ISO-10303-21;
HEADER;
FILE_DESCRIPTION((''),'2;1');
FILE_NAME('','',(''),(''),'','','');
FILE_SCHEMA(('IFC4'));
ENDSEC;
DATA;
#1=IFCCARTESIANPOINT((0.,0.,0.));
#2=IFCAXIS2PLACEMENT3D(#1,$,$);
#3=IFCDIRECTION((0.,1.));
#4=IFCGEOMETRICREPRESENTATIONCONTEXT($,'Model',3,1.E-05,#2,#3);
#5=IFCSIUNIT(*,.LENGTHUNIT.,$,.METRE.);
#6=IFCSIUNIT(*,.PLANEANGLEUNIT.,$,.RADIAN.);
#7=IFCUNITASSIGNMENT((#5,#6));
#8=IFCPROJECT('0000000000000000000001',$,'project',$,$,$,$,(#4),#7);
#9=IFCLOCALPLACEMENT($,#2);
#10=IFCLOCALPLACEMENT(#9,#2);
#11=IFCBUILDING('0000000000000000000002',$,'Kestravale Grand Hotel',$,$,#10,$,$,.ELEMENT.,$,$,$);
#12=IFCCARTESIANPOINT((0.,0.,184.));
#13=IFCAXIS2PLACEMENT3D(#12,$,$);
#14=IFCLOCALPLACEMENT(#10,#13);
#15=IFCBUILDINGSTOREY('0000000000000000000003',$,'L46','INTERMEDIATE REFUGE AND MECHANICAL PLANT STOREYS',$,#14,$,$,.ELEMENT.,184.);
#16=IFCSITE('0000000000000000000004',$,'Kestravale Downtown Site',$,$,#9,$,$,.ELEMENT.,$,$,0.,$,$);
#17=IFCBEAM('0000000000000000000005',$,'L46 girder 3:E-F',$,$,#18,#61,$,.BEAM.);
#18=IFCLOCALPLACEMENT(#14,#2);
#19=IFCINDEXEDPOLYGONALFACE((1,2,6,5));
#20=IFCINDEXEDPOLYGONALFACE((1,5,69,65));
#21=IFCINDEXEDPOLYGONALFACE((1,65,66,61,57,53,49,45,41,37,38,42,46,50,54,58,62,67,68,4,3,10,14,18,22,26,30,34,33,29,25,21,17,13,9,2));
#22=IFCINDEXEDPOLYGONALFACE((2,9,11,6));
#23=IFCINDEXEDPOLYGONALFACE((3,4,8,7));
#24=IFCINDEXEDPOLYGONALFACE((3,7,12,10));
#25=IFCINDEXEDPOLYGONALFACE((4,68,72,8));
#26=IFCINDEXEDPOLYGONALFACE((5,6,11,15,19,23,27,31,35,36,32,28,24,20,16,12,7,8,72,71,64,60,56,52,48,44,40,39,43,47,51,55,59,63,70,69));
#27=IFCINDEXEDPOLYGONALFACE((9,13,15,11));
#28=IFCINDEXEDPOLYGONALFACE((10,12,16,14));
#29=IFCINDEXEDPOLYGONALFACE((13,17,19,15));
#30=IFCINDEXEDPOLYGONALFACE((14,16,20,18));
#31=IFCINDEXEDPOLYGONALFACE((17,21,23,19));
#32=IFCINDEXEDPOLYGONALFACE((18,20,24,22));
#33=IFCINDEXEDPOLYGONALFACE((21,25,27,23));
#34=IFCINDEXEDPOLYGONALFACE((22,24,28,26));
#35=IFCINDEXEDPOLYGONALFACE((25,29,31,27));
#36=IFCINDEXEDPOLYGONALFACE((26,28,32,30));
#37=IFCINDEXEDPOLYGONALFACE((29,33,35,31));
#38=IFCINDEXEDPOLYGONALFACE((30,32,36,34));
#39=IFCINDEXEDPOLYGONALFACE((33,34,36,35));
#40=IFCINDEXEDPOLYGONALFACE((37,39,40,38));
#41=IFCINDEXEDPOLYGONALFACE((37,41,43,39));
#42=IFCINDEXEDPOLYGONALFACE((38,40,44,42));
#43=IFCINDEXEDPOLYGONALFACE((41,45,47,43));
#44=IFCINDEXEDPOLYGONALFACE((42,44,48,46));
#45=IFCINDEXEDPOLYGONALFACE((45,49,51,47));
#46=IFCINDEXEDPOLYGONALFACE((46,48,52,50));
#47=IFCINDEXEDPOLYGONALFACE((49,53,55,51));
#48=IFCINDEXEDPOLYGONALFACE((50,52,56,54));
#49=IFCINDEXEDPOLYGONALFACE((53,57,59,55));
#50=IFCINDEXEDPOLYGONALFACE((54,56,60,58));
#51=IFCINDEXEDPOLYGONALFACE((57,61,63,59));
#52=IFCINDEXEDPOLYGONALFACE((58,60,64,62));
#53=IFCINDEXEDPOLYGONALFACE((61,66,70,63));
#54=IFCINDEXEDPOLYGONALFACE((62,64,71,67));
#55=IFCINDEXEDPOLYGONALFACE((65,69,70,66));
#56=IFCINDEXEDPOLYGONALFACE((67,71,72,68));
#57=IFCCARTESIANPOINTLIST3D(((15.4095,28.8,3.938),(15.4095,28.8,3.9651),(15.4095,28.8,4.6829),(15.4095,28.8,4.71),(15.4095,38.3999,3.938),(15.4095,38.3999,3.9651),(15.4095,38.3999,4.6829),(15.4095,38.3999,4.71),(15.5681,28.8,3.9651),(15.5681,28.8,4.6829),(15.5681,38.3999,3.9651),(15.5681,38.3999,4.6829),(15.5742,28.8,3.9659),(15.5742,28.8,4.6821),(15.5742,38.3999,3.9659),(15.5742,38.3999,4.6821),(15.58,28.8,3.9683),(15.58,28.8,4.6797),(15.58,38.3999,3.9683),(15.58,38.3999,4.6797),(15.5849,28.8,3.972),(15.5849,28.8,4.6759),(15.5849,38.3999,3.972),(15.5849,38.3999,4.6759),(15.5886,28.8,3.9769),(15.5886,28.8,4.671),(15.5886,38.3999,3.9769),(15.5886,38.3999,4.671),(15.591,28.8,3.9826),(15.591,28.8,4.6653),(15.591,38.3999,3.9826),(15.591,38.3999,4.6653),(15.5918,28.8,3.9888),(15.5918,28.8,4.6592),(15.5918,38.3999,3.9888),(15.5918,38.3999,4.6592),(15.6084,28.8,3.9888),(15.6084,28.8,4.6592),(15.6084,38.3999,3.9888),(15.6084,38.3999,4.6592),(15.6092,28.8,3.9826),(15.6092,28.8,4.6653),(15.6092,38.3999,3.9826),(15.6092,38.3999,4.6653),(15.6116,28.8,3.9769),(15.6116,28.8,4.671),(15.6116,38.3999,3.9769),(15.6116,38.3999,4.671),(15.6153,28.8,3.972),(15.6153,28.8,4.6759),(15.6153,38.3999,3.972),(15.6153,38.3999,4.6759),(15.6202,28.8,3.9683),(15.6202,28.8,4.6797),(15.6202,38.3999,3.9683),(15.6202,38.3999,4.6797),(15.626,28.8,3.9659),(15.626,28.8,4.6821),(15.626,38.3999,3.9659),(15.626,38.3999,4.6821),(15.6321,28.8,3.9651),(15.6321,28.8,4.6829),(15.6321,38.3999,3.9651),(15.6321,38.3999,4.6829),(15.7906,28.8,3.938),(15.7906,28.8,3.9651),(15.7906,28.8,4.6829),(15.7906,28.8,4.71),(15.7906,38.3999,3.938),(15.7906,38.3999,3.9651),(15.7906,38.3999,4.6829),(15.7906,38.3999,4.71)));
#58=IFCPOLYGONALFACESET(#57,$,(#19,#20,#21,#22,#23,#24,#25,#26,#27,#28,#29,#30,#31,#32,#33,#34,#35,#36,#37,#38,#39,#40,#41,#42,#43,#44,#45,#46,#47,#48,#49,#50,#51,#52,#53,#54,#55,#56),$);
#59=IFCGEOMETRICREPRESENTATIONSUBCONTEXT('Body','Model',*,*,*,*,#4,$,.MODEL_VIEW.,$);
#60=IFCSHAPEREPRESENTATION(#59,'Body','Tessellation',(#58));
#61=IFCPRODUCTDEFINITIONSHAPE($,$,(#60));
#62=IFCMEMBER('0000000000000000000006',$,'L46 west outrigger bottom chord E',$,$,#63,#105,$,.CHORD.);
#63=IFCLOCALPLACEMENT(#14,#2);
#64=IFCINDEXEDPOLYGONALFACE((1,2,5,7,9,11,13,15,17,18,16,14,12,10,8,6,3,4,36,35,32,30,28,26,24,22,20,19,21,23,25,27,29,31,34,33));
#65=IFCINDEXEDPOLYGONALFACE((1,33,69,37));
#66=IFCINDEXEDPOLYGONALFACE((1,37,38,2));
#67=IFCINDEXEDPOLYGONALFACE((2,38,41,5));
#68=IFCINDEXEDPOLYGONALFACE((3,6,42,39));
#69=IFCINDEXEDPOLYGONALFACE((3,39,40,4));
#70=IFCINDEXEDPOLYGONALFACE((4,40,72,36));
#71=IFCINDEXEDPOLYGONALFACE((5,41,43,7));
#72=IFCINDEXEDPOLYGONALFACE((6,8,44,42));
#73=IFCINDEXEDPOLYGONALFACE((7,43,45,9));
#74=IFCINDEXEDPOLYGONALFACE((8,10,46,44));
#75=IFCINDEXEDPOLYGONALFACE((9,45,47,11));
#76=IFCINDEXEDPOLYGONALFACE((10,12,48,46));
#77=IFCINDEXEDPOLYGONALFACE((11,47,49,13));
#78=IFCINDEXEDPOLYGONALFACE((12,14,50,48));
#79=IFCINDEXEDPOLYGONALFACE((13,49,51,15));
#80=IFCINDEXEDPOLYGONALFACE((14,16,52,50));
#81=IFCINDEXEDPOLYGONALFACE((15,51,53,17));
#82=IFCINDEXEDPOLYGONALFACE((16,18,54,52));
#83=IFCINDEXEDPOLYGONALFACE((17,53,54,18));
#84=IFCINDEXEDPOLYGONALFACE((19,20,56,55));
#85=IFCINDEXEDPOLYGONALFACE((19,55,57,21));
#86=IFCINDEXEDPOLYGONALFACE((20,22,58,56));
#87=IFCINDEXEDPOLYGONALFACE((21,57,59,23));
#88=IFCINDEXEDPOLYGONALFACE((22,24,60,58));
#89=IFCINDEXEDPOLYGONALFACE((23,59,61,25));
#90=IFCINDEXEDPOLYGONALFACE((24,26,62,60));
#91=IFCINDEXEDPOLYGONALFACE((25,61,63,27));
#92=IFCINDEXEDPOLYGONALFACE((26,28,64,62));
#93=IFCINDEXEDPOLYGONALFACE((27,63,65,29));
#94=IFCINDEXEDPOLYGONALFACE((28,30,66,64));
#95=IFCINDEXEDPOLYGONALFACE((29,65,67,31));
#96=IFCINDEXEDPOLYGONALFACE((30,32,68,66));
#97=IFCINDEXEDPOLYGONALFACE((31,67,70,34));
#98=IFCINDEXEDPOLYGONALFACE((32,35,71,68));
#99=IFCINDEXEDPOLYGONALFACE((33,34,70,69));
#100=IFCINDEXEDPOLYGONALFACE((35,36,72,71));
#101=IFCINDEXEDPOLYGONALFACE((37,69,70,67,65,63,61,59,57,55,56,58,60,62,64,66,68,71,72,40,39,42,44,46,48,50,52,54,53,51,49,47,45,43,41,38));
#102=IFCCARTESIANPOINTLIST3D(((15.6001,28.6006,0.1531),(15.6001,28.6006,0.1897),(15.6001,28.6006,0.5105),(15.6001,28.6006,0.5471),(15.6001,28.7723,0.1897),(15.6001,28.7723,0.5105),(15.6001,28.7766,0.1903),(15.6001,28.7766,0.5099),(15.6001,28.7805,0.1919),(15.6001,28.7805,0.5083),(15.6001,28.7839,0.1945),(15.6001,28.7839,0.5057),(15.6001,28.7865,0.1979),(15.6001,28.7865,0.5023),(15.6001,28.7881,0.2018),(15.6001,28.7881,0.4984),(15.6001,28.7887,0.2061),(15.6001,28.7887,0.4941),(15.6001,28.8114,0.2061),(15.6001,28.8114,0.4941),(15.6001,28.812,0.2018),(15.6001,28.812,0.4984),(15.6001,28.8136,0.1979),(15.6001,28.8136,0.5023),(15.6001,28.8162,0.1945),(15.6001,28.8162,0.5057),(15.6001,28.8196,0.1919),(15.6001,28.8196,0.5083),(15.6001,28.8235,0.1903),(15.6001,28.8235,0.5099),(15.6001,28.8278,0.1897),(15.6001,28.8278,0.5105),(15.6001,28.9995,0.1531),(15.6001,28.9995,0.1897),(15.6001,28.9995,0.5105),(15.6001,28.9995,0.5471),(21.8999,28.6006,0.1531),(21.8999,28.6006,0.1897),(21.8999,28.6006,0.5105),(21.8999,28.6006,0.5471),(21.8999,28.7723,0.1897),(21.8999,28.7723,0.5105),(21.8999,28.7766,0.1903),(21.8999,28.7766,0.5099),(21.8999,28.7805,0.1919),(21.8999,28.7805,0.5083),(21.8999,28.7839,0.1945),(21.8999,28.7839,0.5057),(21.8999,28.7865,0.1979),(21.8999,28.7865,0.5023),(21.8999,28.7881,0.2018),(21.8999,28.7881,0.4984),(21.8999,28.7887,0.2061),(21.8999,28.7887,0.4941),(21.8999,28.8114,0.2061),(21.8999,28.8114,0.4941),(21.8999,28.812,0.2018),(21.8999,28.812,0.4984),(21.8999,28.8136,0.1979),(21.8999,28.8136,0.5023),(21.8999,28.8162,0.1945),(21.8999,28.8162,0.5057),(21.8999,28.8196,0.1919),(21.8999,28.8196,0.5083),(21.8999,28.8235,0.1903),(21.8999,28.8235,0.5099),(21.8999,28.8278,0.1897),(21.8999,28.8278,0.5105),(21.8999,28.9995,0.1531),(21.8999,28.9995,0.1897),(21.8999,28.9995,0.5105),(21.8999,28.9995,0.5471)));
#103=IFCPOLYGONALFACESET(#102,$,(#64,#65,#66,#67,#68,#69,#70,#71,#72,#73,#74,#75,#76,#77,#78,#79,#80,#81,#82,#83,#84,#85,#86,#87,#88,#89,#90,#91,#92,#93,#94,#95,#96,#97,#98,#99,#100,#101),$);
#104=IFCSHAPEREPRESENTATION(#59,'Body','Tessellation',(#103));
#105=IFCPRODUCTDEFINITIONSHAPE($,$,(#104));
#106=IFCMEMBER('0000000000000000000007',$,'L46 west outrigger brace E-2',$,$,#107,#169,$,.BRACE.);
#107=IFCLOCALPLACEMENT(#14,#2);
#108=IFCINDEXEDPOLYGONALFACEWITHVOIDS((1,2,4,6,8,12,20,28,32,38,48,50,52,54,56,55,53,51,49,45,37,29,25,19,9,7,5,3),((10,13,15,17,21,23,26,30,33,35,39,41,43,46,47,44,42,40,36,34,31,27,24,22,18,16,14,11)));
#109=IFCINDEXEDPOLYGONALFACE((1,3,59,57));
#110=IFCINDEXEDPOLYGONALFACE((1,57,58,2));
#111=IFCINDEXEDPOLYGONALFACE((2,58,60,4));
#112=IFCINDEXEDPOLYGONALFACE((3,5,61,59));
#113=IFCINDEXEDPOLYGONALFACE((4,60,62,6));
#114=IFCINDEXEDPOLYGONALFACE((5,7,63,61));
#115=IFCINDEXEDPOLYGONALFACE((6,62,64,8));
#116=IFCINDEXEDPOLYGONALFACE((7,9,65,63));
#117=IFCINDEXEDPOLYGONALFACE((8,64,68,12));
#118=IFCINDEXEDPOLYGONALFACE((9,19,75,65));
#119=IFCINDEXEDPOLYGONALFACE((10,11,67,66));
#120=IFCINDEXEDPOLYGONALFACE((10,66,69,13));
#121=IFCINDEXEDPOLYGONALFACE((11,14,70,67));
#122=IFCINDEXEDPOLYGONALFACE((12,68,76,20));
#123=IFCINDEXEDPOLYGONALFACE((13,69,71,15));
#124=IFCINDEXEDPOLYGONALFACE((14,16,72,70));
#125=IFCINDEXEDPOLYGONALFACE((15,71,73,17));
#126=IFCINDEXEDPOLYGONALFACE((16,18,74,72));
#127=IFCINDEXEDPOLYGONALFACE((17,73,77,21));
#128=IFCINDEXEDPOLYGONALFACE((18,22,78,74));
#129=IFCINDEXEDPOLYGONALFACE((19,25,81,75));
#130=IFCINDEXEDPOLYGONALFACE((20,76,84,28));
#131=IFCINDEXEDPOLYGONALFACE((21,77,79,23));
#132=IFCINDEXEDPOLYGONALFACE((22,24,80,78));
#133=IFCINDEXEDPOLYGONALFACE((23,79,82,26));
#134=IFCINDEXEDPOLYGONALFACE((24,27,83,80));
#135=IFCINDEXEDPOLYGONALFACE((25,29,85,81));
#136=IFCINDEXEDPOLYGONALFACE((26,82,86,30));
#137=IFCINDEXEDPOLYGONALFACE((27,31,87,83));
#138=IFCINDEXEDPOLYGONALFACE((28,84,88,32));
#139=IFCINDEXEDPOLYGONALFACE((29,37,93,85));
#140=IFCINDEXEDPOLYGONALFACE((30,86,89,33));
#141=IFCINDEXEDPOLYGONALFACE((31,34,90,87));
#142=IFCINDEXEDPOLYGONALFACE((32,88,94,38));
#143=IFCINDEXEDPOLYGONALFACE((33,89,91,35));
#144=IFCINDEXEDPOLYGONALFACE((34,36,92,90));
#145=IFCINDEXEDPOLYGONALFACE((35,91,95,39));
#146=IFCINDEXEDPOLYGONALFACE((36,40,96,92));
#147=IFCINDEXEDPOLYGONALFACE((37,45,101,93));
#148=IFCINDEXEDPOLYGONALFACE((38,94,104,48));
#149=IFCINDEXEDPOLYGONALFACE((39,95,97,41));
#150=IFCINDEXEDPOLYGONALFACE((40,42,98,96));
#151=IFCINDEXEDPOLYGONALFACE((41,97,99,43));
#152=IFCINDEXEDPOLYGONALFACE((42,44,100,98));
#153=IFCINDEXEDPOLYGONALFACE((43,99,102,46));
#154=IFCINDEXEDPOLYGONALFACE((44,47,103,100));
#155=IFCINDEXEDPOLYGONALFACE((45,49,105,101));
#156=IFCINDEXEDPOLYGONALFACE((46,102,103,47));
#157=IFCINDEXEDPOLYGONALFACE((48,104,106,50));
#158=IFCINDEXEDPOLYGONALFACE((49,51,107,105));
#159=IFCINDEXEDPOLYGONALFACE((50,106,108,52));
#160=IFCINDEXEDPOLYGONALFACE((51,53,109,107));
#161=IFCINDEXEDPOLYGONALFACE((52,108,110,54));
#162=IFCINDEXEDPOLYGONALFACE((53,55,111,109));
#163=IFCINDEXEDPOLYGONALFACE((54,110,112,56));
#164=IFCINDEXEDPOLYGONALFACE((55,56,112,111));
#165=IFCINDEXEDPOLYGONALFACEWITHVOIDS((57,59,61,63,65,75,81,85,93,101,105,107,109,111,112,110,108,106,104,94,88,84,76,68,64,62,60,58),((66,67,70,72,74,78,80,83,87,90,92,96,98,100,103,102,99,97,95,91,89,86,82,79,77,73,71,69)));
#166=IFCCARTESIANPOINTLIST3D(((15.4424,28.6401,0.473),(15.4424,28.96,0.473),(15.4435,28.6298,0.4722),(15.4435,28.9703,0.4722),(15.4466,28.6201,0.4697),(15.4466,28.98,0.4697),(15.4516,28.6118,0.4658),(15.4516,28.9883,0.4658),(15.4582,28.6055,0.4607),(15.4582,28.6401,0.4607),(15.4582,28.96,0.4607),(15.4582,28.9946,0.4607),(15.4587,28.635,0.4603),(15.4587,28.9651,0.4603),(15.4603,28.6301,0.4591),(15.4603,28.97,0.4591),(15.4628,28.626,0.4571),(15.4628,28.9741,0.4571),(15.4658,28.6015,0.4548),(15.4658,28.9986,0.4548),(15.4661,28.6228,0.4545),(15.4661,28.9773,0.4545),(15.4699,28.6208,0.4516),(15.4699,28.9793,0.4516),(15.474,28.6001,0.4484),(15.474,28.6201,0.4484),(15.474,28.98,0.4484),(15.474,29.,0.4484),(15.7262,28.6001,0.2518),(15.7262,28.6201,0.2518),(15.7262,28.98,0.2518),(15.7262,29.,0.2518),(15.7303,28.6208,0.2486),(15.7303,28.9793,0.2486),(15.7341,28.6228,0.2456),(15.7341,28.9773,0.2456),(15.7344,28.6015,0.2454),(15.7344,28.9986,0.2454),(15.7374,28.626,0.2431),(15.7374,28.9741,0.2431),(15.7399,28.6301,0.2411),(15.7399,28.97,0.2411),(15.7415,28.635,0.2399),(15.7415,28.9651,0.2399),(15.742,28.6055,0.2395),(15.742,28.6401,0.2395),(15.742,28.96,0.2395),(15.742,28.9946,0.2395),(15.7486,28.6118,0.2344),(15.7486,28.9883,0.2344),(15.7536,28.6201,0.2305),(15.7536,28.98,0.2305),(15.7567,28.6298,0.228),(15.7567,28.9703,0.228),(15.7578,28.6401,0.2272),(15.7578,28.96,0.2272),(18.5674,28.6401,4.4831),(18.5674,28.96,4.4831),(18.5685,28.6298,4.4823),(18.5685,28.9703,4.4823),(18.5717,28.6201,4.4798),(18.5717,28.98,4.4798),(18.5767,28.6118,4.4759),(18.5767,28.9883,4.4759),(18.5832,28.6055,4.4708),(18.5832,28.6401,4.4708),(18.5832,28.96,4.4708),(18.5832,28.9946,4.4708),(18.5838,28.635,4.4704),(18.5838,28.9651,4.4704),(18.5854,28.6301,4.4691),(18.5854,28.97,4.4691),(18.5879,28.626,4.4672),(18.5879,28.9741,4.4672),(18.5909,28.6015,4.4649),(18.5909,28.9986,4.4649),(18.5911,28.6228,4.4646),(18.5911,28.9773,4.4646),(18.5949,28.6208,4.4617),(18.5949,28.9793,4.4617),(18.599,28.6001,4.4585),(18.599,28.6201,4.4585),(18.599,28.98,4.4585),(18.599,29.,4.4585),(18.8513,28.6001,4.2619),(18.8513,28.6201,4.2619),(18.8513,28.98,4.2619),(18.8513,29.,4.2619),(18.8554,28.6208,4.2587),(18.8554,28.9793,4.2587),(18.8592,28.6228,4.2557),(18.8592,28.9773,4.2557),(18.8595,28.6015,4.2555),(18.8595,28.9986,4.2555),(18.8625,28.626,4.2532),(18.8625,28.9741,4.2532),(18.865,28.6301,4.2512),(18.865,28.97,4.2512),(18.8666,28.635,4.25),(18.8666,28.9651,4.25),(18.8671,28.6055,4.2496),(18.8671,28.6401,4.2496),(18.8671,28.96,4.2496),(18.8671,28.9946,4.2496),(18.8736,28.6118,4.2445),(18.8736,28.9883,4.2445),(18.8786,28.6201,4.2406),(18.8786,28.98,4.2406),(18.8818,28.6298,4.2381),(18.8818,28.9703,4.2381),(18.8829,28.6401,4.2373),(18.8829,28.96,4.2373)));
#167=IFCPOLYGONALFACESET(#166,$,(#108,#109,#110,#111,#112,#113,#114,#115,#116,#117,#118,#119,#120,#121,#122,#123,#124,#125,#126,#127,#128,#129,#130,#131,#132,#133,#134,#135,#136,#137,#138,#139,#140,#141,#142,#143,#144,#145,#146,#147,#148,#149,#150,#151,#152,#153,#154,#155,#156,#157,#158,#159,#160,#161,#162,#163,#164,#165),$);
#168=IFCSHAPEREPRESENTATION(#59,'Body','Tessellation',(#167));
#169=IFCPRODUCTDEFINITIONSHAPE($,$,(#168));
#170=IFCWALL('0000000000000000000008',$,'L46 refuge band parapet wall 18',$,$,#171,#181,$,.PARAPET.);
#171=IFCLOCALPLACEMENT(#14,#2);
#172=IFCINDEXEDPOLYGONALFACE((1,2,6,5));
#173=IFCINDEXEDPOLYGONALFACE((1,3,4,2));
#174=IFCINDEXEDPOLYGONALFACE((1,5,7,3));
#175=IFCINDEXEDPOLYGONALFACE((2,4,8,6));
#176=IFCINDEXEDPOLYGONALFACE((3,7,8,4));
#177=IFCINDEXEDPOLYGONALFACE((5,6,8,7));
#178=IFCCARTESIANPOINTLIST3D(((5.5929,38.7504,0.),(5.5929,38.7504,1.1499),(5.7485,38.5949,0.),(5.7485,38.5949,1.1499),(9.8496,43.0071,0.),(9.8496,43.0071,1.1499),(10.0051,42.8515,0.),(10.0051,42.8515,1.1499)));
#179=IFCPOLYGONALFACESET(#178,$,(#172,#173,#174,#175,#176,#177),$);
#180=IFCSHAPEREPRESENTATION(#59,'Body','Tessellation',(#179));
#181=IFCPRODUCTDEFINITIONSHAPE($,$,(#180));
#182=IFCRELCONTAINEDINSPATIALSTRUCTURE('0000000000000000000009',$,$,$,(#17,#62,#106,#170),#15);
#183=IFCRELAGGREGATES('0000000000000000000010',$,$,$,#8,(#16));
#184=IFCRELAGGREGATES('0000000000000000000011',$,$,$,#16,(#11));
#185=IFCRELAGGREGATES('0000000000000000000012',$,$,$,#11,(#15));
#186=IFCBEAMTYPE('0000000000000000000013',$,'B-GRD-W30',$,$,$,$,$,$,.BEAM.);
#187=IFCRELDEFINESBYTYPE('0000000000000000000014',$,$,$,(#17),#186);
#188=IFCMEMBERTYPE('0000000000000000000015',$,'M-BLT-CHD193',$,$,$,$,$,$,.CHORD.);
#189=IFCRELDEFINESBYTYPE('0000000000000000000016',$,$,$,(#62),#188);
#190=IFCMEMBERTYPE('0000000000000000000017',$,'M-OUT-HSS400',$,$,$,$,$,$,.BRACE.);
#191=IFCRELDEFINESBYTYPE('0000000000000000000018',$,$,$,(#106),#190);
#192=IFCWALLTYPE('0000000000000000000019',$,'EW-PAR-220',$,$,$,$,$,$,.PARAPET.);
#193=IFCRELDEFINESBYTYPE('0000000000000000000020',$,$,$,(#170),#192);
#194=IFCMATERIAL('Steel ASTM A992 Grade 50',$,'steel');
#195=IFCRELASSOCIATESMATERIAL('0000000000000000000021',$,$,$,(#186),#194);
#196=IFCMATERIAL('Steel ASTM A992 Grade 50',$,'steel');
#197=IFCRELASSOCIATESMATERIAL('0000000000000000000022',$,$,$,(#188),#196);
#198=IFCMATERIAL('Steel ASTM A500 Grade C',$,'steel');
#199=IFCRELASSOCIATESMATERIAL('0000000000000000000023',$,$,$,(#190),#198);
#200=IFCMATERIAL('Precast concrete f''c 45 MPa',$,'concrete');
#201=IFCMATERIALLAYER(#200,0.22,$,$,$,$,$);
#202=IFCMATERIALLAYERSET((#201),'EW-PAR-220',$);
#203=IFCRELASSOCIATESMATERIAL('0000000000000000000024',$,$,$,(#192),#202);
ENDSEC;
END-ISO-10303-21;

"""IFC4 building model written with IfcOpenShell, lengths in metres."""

from ifc_helpers import new_model, si_unit, direction, frame, frame_2d, origin, origin_2d, place, context, subcontext, project, spatial, rectangle, hollow_rectangle, i_section, extrude, material, layer, layer_set, material_profile, profile_set, type_object, element, save


model = new_model("IFC4")

# Units and contexts
model_context = context("Model", 3, precision=1e-05, world=origin(), true_north=direction((0.0, 1.0)))
body_context = subcontext(model_context, "Body", "Model", "MODEL_VIEW")
ifc_project = project(units=[si_unit("LENGTHUNIT", "METRE"), si_unit("PLANEANGLEUNIT", "RADIAN")], contexts=[model_context])

# Site, building, storey
site_placement = place(None, origin())
site = spatial("IfcSite", under=ifc_project, at=site_placement, Name="Kestravale Downtown Site", CompositionType="ELEMENT", RefElevation=0.0)
building_placement = place(site_placement, origin())
building = spatial("IfcBuilding", under=site, at=building_placement, Name="Kestravale Grand Hotel", CompositionType="ELEMENT")
storey_placement = place(building_placement, frame((0.0, 0.0, 184.0)))
storey = spatial("IfcBuildingStorey", under=building, at=storey_placement, Name="L46", Description="INTERMEDIATE REFUGE AND MECHANICAL PLANT STOREYS", CompositionType="ELEMENT", Elevation=184.0)

# Beam
ifc_material_1 = material(Name="Steel ASTM A992 Grade 50", Category="steel")
ifc_material_profile_1 = material_profile(ifc_material_1, i_section(OverallWidth=0.3811, OverallDepth=0.772, WebThickness=0.0166, FlangeThickness=0.0271, FilletRadius=0.0237, at=origin_2d()))
ifc_profile_set_1 = profile_set([ifc_material_profile_1], Name="Steel ASTM A992 Grade 50")
beam_type_1 = type_object("IfcBeamType", Name="B-GRD-W30", PredefinedType="BEAM", material=ifc_profile_set_1)
beam_1_placement = place(storey_placement, frame((15.6001, 28.8, 4.324), z_axis=(0.0, 1.0, 0.0), x_axis=(-1.0, 0.0, 0.0)))
element("IfcBeam", 1, at=beam_1_placement, inside=storey, type_object=beam_type_1, Name="L46 girder 3:E-F", PredefinedType="BEAM", context=body_context, shape_type="SweptSolid", body=[
    extrude(i_section(OverallWidth=0.3811, OverallDepth=0.772, WebThickness=0.0166, FlangeThickness=0.0271, FilletRadius=0.0237, at=origin_2d()), origin(), (0.0, 0.0, 1.0), 9.5999),
])

# Members
ifc_material_2 = material(Name="Steel ASTM A992 Grade 50", Category="steel")
ifc_material_profile_2 = material_profile(ifc_material_2, i_section(OverallWidth=0.3989, OverallDepth=0.394, WebThickness=0.0227, FlangeThickness=0.0366, FilletRadius=0.0164, at=origin_2d()))
ifc_profile_set_2 = profile_set([ifc_material_profile_2], Name="Steel ASTM A992 Grade 50")
member_type_1 = type_object("IfcMemberType", Name="M-BLT-CHD193", PredefinedType="CHORD", material=ifc_profile_set_2)
member_1_placement = place(storey_placement, frame((15.6001, 28.8, 0.3501), z_axis=(1.0, 0.0, 0.0), x_axis=(0.0, 1.0, 0.0)))
element("IfcMember", 2, at=member_1_placement, inside=storey, type_object=member_type_1, Name="L46 west outrigger bottom chord E", PredefinedType="CHORD", context=body_context, shape_type="SweptSolid", body=[
    extrude(i_section(OverallWidth=0.3989, OverallDepth=0.394, WebThickness=0.0227, FlangeThickness=0.0366, FilletRadius=0.0164, at=origin_2d()), origin(), (0.0, 0.0, 1.0), 6.2998),
])
ifc_material_3 = material(Name="Steel ASTM A500 Grade C", Category="steel")
ifc_material_profile_3 = material_profile(ifc_material_3, hollow_rectangle(XDim=0.3999, YDim=0.3999, WallThickness=0.02, InnerFilletRadius=0.02, OuterFilletRadius=0.04, at=origin_2d()))
ifc_profile_set_3 = profile_set([ifc_material_profile_3], Name="Steel ASTM A500 Grade C")
member_type_2 = type_object("IfcMemberType", Name="M-OUT-HSS400", PredefinedType="BRACE", material=ifc_profile_set_3)
member_2_placement = place(storey_placement, frame((15.6001, 28.8, 0.3501), z_axis=(0.614688, 0.0, 0.78877), x_axis=(0.0, 1.0, 0.0)))
element("IfcMember", 3, at=member_2_placement, inside=storey, type_object=member_type_2, Name="L46 west outrigger brace E-2", PredefinedType="BRACE", context=body_context, shape_type="SweptSolid", body=[
    extrude(hollow_rectangle(XDim=0.3999, YDim=0.3999, WallThickness=0.02, InnerFilletRadius=0.02, OuterFilletRadius=0.04, at=origin_2d()), origin(), (0.0, 0.0, 1.0), 5.084),
])

# Wall
ifc_material_4 = material(Name="Precast concrete f'c 45 MPa", Category="concrete")
ifc_layer_1 = layer(ifc_material_4, 0.22)
ifc_layer_set_1 = layer_set([ifc_layer_1], Name="EW-PAR-220")
wall_type = type_object("IfcWallType", Name="EW-PAR-220", PredefinedType="PARAPET", material=ifc_layer_set_1)
wall_1_placement = place(storey_placement, frame((9.9272, 42.9292, 0.0), z_axis=(0.0, 0.0, 1.0), x_axis=(-0.707107, -0.707107, 0.0)))
element("IfcWall", 4, at=wall_1_placement, inside=storey, type_object=wall_type, Name="L46 refuge band parapet wall 18", PredefinedType="PARAPET", context=body_context, shape_type="SweptSolid", body=[
    extrude(rectangle(XDim=6.0198, YDim=0.22, at=frame_2d((3.0098, 0.0))), origin(), (0.0, 0.0, 1.0), 1.1499),
])

save(model, "model.ifc")
